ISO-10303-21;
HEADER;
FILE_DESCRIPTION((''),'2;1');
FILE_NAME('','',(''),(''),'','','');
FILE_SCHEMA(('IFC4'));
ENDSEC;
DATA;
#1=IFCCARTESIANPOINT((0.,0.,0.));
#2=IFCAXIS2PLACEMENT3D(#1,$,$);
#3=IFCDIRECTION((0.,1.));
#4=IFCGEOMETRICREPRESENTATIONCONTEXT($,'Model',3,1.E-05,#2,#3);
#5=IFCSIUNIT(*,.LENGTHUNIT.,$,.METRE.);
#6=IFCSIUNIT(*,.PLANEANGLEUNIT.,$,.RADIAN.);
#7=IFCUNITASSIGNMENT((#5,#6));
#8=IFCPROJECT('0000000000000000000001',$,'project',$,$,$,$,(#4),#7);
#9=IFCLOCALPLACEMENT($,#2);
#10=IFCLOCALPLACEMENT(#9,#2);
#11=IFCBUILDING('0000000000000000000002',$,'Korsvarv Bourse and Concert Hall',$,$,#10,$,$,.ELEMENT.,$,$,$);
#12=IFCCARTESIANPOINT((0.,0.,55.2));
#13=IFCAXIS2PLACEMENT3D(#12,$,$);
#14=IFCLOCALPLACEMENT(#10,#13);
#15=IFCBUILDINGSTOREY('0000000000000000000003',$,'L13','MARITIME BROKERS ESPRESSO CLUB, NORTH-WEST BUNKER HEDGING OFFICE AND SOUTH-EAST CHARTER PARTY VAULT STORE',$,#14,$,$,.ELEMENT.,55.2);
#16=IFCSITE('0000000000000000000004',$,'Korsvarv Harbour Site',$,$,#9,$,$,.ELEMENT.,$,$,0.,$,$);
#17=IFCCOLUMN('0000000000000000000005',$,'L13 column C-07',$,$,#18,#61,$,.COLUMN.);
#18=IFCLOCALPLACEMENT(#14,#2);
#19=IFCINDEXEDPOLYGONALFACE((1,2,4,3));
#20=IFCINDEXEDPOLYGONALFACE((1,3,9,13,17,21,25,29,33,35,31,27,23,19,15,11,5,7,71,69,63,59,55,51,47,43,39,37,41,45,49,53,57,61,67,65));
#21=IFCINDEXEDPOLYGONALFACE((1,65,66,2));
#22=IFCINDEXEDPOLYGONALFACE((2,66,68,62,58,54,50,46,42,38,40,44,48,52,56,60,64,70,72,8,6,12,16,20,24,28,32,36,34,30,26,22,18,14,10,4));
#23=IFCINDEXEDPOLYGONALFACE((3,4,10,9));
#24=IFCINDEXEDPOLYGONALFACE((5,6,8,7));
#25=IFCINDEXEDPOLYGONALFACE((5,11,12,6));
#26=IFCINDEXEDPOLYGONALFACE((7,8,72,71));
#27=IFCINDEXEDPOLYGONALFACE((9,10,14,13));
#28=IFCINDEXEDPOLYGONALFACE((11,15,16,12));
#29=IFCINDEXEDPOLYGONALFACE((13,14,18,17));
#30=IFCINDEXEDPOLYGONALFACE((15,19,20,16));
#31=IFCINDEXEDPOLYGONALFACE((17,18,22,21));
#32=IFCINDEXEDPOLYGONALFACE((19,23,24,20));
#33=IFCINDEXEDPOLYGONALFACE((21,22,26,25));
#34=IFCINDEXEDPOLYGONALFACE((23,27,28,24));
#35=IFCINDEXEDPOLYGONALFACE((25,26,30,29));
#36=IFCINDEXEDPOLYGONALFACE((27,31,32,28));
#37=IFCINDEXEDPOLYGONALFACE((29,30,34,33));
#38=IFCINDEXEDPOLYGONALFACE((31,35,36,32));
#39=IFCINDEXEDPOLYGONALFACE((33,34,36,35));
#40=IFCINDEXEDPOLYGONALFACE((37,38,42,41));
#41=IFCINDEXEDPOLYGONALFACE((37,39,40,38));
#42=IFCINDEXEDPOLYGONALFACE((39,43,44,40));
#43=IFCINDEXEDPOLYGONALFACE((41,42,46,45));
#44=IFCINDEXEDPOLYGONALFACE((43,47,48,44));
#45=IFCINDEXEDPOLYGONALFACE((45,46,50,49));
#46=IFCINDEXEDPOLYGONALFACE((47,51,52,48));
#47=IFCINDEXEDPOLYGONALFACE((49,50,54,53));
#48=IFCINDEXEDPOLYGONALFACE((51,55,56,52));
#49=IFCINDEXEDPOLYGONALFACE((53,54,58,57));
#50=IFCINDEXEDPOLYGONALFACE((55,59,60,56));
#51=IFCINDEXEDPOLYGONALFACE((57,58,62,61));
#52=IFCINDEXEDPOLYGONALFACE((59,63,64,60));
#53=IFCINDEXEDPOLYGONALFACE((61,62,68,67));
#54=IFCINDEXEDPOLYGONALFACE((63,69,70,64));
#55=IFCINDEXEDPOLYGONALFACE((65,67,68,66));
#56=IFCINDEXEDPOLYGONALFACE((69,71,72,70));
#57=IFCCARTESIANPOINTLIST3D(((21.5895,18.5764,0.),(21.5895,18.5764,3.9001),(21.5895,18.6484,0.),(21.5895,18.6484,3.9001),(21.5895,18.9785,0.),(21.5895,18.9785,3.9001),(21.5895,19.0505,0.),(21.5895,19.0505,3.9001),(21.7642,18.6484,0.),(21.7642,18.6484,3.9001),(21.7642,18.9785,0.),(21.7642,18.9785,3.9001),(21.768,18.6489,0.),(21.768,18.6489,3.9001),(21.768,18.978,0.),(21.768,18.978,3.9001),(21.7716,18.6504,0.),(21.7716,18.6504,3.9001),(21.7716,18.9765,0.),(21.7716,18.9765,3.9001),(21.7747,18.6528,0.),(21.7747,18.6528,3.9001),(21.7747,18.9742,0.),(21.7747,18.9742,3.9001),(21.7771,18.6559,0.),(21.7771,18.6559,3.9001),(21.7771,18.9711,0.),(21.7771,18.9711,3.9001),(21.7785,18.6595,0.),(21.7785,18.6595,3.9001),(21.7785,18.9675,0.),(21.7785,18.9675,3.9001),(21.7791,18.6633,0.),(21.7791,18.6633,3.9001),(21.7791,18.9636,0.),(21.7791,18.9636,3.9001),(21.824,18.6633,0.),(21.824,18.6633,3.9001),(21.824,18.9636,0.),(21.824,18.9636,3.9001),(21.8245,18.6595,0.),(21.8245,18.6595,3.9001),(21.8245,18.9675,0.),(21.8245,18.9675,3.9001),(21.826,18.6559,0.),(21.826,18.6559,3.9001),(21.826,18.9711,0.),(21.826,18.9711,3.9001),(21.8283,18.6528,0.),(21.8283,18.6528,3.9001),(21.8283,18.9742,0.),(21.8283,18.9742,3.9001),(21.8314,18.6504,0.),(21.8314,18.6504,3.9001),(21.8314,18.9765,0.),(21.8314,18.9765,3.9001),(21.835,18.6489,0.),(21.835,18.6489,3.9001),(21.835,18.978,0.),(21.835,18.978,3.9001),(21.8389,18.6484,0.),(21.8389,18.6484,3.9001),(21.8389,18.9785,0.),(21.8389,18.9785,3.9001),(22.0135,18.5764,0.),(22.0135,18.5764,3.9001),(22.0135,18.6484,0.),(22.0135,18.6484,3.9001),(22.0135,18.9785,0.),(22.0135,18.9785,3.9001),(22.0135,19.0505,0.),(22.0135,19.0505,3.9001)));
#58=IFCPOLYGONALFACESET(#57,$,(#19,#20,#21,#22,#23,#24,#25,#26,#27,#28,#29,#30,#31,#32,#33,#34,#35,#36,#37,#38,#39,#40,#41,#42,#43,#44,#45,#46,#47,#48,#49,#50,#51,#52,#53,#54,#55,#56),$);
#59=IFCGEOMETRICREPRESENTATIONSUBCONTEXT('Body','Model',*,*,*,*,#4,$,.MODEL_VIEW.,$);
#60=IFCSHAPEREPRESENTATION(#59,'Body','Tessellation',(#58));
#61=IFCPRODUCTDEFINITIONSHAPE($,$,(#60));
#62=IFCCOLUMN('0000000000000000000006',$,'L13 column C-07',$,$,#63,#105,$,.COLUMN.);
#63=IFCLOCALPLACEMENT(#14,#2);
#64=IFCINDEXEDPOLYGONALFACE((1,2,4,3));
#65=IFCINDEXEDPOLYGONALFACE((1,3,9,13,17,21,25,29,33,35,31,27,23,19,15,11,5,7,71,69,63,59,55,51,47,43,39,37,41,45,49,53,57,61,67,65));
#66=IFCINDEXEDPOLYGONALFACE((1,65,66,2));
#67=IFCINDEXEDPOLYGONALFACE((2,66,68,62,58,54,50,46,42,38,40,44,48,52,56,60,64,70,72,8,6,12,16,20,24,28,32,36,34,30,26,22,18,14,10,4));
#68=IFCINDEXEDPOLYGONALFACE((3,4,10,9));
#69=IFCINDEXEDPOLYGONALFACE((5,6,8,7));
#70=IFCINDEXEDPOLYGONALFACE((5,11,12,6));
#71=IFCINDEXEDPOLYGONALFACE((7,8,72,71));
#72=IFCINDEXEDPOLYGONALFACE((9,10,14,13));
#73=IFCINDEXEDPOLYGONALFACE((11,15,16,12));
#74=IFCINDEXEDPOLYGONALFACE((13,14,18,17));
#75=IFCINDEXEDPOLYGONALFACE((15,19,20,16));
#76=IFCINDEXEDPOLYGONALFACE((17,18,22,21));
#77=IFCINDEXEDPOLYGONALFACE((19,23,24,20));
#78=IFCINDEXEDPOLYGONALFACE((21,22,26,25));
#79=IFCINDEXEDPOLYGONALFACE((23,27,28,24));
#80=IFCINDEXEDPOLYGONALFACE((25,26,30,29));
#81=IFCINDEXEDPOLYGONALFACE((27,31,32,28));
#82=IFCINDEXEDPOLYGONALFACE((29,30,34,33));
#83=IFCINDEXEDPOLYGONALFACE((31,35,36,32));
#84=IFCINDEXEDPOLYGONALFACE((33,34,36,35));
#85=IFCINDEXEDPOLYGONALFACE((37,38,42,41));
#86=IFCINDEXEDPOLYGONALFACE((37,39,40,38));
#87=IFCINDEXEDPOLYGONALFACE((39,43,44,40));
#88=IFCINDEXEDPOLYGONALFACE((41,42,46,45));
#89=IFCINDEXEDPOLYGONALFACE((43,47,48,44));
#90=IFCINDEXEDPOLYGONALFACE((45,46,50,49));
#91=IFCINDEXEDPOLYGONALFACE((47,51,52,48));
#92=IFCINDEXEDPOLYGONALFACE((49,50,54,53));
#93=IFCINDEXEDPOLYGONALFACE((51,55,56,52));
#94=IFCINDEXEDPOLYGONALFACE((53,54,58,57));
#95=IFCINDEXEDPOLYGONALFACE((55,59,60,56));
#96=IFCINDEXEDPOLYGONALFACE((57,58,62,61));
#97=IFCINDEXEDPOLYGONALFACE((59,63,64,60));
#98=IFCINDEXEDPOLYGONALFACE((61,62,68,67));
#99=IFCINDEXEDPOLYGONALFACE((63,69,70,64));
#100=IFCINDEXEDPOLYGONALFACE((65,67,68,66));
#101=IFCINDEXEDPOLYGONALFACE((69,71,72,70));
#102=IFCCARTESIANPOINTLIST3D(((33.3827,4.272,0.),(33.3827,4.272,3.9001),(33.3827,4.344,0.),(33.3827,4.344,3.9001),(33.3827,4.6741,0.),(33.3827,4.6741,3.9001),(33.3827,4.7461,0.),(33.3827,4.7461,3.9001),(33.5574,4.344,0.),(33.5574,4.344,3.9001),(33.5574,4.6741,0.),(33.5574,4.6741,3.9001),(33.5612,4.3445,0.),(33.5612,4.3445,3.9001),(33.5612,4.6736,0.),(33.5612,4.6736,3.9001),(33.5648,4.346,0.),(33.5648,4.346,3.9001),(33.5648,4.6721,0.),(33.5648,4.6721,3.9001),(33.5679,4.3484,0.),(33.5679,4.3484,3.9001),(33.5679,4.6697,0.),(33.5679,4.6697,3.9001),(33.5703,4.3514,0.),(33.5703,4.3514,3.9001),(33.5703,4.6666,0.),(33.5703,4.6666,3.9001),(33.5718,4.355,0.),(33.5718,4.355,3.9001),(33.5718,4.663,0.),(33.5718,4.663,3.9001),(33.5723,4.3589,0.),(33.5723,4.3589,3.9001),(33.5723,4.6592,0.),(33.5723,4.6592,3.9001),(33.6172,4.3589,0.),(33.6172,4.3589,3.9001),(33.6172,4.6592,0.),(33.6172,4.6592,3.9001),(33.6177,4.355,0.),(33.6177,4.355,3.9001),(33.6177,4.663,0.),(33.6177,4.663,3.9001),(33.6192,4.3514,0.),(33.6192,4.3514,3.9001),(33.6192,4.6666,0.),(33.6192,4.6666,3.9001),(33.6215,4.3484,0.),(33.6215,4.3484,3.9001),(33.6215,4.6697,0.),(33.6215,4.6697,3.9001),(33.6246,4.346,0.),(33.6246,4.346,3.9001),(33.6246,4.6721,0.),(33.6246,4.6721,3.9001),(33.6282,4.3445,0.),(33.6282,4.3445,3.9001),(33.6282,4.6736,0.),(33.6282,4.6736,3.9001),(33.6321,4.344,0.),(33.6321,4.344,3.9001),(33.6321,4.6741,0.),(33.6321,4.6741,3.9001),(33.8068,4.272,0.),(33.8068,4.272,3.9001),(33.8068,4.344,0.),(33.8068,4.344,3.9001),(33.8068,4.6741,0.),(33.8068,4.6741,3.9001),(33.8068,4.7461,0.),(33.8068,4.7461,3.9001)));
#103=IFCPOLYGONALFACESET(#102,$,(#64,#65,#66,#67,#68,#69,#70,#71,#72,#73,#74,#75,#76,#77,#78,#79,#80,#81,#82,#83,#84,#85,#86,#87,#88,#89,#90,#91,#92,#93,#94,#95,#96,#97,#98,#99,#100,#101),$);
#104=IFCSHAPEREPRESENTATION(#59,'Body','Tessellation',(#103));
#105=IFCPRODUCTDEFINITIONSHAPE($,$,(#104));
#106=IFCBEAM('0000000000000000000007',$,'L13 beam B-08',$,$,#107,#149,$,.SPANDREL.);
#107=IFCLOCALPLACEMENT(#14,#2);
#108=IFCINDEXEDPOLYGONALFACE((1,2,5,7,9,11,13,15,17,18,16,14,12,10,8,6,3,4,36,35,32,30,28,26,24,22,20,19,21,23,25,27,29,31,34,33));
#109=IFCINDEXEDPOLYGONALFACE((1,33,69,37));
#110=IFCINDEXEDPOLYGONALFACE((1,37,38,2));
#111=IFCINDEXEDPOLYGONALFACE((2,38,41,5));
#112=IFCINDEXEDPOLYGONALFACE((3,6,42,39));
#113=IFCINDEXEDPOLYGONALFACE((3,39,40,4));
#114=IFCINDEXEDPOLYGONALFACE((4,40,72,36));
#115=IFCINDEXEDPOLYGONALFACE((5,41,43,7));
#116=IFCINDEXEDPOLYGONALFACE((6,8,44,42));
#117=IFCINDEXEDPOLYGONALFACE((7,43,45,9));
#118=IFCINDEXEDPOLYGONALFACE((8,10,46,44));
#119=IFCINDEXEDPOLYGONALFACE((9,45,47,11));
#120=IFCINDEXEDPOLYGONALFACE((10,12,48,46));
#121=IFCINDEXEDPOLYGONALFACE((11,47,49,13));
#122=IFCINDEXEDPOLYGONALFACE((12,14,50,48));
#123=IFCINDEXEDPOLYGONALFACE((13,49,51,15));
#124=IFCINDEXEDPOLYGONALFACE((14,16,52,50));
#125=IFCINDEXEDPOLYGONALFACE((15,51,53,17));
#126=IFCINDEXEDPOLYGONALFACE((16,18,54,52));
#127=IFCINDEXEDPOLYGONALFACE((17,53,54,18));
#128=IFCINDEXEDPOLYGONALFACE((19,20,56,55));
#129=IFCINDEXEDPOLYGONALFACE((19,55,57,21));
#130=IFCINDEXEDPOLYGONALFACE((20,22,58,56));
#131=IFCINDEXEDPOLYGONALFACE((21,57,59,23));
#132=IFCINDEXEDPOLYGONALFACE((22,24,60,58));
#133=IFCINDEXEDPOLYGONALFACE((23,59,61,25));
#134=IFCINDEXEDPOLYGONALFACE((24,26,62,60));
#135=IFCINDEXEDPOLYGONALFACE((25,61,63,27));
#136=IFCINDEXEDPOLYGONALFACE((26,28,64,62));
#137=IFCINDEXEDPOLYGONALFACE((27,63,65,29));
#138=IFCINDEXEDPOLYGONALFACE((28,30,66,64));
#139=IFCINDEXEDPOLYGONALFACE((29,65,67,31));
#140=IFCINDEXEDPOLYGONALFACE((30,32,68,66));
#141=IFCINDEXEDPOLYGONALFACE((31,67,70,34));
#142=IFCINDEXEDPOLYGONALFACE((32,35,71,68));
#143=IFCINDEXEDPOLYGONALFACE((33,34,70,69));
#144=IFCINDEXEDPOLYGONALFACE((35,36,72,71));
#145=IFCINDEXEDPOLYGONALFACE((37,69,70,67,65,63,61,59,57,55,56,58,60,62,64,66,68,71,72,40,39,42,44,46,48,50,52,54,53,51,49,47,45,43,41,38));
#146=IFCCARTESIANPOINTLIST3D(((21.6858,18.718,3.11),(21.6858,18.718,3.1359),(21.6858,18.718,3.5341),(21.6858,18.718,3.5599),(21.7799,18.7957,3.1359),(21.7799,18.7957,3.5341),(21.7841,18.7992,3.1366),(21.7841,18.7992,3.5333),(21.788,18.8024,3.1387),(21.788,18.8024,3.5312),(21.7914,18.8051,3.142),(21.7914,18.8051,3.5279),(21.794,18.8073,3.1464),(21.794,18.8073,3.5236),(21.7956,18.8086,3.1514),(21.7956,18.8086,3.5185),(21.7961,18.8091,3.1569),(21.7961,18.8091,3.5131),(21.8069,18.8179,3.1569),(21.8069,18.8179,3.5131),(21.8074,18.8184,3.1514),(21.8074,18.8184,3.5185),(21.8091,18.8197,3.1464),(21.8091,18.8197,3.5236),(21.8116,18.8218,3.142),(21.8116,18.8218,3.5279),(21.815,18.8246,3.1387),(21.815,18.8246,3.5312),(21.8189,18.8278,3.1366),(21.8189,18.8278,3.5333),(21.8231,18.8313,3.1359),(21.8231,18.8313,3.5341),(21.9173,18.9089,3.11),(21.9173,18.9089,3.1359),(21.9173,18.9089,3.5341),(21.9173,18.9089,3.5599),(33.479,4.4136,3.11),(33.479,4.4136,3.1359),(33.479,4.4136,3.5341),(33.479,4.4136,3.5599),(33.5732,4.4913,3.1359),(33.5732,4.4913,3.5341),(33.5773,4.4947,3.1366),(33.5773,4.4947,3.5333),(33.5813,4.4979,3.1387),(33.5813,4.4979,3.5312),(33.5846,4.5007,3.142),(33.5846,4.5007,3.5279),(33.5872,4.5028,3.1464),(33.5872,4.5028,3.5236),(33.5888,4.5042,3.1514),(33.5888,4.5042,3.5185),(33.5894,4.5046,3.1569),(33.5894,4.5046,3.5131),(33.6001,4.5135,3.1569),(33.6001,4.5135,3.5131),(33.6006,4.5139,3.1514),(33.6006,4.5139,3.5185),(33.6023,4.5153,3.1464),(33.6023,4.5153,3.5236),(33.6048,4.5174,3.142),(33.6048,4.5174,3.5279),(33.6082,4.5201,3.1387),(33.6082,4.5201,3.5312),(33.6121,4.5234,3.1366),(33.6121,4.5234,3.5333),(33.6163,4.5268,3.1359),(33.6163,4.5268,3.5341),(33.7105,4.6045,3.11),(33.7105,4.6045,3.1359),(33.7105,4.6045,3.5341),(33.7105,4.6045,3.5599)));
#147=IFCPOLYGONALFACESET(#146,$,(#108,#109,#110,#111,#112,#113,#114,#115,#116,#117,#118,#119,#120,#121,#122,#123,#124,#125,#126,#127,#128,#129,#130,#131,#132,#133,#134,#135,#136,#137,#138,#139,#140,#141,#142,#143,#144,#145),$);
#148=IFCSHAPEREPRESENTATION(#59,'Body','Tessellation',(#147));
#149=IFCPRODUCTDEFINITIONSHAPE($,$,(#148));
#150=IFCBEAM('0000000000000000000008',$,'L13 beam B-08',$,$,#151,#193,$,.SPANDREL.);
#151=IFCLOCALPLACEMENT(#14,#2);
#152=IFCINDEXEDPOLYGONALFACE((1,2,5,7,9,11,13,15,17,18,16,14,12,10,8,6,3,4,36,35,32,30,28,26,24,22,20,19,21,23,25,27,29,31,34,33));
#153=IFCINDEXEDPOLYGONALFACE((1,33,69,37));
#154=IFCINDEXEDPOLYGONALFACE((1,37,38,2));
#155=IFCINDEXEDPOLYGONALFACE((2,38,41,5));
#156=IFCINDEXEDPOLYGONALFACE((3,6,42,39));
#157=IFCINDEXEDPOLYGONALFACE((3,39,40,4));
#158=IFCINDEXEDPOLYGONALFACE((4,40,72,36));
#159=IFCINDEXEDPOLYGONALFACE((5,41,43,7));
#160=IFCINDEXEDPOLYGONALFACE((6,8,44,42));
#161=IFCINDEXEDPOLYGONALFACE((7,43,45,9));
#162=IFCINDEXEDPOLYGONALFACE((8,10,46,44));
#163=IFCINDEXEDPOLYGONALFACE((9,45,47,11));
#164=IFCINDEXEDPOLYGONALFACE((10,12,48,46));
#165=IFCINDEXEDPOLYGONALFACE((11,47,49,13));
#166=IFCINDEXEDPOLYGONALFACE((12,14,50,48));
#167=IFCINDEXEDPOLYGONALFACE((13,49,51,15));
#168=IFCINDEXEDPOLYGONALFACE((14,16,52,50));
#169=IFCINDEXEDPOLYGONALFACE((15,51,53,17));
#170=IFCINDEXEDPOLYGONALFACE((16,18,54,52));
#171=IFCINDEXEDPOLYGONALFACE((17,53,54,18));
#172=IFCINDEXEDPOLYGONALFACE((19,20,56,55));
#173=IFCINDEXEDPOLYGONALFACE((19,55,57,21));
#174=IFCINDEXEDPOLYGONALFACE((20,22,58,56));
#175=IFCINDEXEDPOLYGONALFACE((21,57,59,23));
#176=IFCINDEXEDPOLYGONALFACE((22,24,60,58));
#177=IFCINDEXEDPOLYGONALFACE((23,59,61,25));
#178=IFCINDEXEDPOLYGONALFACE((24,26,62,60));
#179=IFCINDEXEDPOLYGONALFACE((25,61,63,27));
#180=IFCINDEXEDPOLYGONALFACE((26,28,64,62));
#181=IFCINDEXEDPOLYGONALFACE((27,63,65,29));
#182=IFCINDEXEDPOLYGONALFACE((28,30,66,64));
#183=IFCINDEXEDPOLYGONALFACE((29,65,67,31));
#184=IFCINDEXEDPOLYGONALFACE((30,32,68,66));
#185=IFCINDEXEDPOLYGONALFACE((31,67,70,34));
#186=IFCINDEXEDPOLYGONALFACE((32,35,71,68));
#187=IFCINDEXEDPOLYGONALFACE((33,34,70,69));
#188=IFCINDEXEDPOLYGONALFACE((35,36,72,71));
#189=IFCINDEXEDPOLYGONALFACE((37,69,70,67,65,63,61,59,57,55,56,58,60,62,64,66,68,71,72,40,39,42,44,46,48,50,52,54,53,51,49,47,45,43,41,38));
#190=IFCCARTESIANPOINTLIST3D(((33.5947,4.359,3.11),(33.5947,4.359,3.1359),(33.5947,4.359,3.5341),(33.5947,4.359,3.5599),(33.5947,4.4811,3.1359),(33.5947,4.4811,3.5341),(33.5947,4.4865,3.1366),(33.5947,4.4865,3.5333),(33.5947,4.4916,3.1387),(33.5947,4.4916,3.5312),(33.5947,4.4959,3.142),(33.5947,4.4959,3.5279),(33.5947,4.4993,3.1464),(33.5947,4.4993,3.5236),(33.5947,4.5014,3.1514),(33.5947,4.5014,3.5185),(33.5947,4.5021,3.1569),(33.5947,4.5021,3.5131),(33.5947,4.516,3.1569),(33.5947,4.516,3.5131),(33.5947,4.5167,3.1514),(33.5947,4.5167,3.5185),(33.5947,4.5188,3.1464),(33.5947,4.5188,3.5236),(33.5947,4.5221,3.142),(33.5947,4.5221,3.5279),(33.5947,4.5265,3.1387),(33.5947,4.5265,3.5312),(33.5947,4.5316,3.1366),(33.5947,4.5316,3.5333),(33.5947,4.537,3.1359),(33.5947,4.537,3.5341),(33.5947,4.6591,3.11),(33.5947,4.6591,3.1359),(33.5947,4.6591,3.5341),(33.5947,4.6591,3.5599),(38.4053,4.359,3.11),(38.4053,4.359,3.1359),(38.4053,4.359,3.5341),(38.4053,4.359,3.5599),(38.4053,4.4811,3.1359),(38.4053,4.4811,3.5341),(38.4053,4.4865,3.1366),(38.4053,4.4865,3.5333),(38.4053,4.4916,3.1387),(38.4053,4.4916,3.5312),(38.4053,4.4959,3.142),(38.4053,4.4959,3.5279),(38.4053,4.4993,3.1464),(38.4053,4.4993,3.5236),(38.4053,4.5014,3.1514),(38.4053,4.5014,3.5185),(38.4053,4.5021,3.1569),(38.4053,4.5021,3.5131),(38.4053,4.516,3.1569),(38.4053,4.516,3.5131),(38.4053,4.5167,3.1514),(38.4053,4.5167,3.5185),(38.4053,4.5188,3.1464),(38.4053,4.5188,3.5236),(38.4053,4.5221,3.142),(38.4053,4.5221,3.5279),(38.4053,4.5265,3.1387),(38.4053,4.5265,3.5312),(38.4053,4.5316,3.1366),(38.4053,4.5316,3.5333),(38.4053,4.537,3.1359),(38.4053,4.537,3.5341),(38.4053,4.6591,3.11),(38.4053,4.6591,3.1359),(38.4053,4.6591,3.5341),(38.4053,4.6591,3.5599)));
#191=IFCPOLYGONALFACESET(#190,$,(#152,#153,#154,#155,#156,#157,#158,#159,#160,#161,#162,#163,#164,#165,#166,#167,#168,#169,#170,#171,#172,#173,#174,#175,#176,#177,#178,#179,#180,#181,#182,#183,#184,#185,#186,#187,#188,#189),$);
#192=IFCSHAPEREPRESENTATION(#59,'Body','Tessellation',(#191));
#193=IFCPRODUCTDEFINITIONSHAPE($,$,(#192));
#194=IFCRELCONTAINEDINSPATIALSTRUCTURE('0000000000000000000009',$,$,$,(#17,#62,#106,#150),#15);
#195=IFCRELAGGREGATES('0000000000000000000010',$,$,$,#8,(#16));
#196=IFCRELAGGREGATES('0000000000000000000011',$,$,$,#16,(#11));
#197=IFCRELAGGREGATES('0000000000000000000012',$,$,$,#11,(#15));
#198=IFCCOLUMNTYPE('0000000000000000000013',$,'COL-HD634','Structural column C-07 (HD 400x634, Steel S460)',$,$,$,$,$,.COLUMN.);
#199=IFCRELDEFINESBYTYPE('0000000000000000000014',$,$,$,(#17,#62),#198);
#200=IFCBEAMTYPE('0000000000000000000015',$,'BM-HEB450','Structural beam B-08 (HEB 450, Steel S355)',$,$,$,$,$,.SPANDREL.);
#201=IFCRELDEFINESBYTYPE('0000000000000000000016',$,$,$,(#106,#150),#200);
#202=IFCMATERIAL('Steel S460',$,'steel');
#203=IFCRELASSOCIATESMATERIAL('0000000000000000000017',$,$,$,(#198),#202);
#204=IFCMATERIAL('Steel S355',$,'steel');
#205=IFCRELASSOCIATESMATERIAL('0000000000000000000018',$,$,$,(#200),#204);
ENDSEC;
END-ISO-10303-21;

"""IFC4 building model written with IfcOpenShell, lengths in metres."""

from ifc_helpers import new_model, si_unit, direction, frame, origin, origin_2d, place, context, subcontext, project, spatial, i_section, extrude, source, transform, mapped, material, material_profile, profile_set, type_object, element, save


model = new_model("IFC4")

# Units and contexts
model_context = context("Model", 3, precision=1e-05, world=origin(), true_north=direction((0.0, 1.0)))
body_context = subcontext(model_context, "Body", "Model", "MODEL_VIEW")
ifc_project = project(units=[si_unit("LENGTHUNIT", "METRE"), si_unit("PLANEANGLEUNIT", "RADIAN")], contexts=[model_context])

# Site, building, storey
site_placement = place(None, origin())
site = spatial("IfcSite", under=ifc_project, at=site_placement, Name="Korsvarv Harbour Site", CompositionType="ELEMENT", RefElevation=0.0)
building_placement = place(site_placement, origin())
building = spatial("IfcBuilding", under=site, at=building_placement, Name="Korsvarv Bourse and Concert Hall", CompositionType="ELEMENT")
storey_placement = place(building_placement, frame((0.0, 0.0, 55.2)))
storey = spatial("IfcBuildingStorey", under=building, at=storey_placement, Name="L13", Description="MARITIME BROKERS ESPRESSO CLUB, NORTH-WEST BUNKER HEDGING OFFICE AND SOUTH-EAST CHARTER PARTY VAULT STORE", CompositionType="ELEMENT", Elevation=55.2)

# Columns
ifc_material_1 = material(Name="Steel S460", Category="steel")
ifc_material_profile_1 = material_profile(ifc_material_1, i_section(OverallWidth=0.4241, OverallDepth=0.4741, WebThickness=0.0449, FlangeThickness=0.072, FilletRadius=0.0149, at=origin_2d()), Name="HD 400x634")
ifc_profile_set_1 = profile_set([ifc_material_profile_1], Name="Steel S460")
column_type = type_object("IfcColumnType", Name="COL-HD634", Description="Structural column C-07 (HD 400x634, Steel S460)", PredefinedType="COLUMN", material=ifc_profile_set_1)
shared_shape_1 = source(origin(), body_context, "Body", "SweptSolid", [
    extrude(i_section(OverallWidth=0.4241, OverallDepth=0.4741, WebThickness=0.0449, FlangeThickness=0.072, FilletRadius=0.0149, at=origin_2d()), origin(), (0.0, 0.0, 1.0), 3.9001),
])
for number, where, z_axis, x_axis, name in (
    (1, (21.8015, 18.8135, 0.0), (0.0, 0.0, 1.0), (1.0, 0.0, 0.0), "L13 column C-07"),
    (2, (33.5947, 4.509, 0.0), (0.0, 0.0, 1.0), (1.0, 0.0, 0.0), "L13 column C-07"),
):
    element("IfcColumn", number, at=place(storey_placement, frame(where, z_axis=z_axis, x_axis=x_axis)), inside=storey, type_object=column_type, Name=name, PredefinedType="COLUMN", context=body_context, shape_type="MappedRepresentation", body=[
        mapped(shared_shape_1, transform((0.0, 0.0, 0.0), scale=1.0)),
    ])

# Beams
ifc_material_2 = material(Name="Steel S355", Category="steel")
ifc_material_profile_2 = material_profile(ifc_material_2, i_section(OverallWidth=0.3, OverallDepth=0.45, WebThickness=0.0139, FlangeThickness=0.0259, FilletRadius=0.021, at=origin_2d()), Name="HEB 450")
ifc_profile_set_2 = profile_set([ifc_material_profile_2], Name="Steel S355")
beam_type_1 = type_object("IfcBeamType", Name="BM-HEB450", Description="Structural beam B-08 (HEB 450, Steel S355)", PredefinedType="SPANDREL", material=ifc_profile_set_2)
shared_shape_2 = source(origin(), body_context, "Body", "SweptSolid", [
    extrude(i_section(OverallWidth=0.3, OverallDepth=0.45, WebThickness=0.0139, FlangeThickness=0.0259, FilletRadius=0.021, at=origin_2d()), origin(), (0.0, 0.0, 1.0), 18.5391),
])
beam_1_placement = place(storey_placement, frame((21.8015, 18.8135, 3.335), z_axis=(0.636128, -0.771584, 0.0), x_axis=(0.771584, 0.636128, 0.0)))
element("IfcBeam", 3, at=beam_1_placement, inside=storey, type_object=beam_type_1, Name="L13 beam B-08", PredefinedType="SPANDREL", context=body_context, shape_type="MappedRepresentation", body=[
    mapped(shared_shape_2, transform((0.0, 0.0, 0.0), scale=1.0)),
])
shared_shape_3 = source(origin(), body_context, "Body", "SweptSolid", [
    extrude(i_section(OverallWidth=0.3, OverallDepth=0.45, WebThickness=0.0139, FlangeThickness=0.0259, FilletRadius=0.021, at=origin_2d()), origin(), (0.0, 0.0, 1.0), 4.8105),
])
beam_2_placement = place(storey_placement, frame((33.5947, 4.509, 3.335), z_axis=(1.0, 0.0, 0.0), x_axis=(0.0, 1.0, 0.0)))
element("IfcBeam", 4, at=beam_2_placement, inside=storey, type_object=beam_type_1, Name="L13 beam B-08", PredefinedType="SPANDREL", context=body_context, shape_type="MappedRepresentation", body=[
    mapped(shared_shape_3, transform((0.0, 0.0, 0.0), scale=1.0)),
])

save(model, "model.ifc")
